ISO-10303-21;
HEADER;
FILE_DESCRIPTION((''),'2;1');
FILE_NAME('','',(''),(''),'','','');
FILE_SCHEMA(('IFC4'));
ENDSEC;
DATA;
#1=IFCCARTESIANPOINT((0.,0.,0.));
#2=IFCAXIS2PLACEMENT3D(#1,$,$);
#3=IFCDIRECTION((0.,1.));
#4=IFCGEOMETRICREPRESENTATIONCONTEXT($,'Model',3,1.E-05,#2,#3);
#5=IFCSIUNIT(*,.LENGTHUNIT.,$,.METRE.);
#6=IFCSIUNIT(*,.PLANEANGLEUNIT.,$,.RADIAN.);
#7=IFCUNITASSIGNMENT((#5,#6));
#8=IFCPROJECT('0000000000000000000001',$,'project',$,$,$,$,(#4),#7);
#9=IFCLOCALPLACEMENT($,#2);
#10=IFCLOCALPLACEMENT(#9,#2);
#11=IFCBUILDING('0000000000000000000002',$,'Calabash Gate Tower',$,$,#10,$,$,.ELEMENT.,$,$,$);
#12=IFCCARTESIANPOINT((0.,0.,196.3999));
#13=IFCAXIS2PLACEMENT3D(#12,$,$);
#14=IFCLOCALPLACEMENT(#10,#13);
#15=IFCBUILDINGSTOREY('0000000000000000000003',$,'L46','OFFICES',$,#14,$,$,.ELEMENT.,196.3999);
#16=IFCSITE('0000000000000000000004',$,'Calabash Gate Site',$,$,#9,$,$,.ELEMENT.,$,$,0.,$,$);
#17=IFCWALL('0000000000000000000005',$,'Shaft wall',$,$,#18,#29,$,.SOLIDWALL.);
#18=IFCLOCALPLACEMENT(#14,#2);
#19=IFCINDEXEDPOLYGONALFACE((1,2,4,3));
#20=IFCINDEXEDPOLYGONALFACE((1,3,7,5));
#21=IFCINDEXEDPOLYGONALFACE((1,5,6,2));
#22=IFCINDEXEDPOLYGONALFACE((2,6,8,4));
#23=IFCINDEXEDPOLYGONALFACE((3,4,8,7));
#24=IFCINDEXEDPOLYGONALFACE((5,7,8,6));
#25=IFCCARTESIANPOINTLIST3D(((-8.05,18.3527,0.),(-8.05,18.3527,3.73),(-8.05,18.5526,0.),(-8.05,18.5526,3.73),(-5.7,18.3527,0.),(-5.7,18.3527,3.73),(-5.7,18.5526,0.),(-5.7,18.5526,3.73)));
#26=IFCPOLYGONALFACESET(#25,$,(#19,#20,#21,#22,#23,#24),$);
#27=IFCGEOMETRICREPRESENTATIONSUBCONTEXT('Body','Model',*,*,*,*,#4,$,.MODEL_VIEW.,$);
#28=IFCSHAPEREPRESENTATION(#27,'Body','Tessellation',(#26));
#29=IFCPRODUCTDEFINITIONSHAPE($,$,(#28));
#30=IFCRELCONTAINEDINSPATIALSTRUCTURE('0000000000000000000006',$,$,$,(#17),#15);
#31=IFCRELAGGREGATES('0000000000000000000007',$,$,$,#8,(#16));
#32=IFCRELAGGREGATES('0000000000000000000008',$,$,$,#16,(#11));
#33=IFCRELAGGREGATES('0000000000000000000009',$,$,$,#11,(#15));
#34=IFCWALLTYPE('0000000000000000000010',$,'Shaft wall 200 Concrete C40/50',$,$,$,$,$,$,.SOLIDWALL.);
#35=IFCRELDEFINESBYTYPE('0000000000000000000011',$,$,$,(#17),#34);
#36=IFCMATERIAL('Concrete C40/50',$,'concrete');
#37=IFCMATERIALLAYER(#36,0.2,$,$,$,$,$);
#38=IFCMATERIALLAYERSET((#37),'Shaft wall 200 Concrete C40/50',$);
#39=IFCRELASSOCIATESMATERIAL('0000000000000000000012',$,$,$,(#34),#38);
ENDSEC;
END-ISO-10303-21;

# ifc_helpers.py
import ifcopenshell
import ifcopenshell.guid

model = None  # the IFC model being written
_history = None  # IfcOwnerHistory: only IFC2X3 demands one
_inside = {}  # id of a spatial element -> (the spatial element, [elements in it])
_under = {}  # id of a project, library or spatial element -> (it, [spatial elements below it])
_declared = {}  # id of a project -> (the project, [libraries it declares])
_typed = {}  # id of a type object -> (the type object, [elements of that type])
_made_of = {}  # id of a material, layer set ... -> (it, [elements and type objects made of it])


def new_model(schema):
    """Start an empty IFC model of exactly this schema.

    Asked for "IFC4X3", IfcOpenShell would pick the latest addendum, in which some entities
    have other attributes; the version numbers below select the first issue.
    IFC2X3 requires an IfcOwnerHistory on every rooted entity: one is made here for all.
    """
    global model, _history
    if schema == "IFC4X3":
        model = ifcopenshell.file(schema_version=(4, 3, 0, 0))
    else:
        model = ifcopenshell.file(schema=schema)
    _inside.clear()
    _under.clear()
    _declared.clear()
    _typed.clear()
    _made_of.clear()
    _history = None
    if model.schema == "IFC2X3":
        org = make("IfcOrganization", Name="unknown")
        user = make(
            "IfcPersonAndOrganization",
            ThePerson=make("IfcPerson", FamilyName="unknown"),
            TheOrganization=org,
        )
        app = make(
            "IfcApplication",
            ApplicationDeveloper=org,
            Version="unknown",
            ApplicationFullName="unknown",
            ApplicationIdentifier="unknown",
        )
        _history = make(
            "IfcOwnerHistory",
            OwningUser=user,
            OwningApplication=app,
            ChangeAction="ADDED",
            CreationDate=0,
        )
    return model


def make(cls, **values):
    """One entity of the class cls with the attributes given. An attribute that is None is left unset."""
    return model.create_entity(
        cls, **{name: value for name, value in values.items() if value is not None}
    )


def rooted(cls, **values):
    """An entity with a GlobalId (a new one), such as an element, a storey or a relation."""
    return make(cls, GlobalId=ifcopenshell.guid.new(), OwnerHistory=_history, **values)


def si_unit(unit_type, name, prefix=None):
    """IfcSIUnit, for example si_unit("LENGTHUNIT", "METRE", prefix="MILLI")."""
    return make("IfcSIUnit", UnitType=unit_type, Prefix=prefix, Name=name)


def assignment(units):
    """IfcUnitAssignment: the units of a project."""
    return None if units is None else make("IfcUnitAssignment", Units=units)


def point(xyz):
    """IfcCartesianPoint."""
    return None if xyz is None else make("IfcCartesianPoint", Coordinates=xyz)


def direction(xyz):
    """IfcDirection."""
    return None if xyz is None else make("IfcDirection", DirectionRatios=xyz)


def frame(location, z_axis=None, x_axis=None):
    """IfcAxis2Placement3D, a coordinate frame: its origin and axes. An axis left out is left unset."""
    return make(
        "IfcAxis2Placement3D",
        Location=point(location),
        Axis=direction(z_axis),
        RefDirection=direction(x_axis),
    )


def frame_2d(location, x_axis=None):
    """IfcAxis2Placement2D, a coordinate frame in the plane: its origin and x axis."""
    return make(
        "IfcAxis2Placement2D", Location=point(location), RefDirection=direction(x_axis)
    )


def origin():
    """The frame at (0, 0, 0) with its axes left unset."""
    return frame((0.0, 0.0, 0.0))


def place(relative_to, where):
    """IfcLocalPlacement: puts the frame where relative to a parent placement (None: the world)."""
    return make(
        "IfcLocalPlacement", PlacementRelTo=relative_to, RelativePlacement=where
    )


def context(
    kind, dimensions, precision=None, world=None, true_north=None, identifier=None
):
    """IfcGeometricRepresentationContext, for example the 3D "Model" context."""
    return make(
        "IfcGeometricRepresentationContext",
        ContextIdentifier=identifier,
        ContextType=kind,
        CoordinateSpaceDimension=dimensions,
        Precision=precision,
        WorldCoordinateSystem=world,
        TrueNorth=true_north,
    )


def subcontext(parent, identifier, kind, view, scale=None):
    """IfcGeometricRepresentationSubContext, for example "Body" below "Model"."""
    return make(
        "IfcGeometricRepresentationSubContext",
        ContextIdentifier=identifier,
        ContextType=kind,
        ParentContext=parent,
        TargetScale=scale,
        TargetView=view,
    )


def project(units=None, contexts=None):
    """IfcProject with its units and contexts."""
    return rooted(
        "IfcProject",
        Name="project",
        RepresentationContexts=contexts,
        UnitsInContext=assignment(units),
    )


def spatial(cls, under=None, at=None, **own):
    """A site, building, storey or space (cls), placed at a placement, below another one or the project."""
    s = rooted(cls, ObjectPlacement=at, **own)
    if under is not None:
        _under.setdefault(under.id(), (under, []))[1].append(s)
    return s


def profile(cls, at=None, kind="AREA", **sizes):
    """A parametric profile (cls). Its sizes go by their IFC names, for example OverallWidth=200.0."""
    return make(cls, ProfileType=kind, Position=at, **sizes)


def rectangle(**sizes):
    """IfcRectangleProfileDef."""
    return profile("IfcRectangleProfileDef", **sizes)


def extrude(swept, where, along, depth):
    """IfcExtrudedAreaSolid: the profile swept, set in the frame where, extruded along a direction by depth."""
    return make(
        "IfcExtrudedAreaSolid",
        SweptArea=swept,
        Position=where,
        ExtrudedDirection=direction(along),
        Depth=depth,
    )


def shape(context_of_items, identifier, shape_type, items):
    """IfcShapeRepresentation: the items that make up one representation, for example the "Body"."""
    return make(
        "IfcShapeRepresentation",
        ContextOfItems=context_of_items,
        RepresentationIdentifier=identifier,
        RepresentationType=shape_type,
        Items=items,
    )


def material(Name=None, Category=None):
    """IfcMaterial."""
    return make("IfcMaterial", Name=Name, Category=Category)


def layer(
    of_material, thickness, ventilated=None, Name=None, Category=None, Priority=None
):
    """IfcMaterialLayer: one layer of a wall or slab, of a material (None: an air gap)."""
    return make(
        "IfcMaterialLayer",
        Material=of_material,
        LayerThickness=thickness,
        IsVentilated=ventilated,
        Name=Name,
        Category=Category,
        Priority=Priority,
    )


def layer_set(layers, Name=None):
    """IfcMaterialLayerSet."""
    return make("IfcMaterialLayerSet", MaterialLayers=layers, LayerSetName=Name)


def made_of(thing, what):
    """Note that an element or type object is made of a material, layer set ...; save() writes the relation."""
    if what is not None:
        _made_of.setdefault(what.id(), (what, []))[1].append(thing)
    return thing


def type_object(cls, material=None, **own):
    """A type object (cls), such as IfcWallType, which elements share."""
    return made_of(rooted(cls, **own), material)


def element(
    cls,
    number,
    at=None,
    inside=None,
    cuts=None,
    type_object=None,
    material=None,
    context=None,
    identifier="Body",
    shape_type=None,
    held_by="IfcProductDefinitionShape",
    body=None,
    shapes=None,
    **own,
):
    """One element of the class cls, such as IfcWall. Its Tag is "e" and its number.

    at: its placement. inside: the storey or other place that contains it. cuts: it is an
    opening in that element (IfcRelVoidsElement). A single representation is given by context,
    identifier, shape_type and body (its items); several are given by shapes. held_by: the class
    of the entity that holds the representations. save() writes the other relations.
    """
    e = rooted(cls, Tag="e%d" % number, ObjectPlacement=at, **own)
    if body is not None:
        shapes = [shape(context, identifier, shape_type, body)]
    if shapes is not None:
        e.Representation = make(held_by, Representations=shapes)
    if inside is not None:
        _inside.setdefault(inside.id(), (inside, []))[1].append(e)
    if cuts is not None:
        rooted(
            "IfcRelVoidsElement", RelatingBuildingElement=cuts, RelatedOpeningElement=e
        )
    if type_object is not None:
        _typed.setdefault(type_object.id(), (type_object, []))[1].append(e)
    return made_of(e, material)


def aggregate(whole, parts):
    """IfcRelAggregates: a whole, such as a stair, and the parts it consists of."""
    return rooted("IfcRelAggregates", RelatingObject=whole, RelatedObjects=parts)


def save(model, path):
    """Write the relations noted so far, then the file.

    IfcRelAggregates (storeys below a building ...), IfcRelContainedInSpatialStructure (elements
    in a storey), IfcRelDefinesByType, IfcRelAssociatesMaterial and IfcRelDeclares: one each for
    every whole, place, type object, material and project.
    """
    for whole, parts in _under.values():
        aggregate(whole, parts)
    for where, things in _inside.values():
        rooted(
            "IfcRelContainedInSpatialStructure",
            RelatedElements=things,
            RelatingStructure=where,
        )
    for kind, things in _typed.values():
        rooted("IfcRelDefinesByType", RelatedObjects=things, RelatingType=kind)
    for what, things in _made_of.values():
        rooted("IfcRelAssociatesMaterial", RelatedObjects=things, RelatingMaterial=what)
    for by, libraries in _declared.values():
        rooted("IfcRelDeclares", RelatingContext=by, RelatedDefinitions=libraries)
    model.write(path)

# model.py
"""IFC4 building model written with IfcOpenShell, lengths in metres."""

from ifc_helpers import new_model, si_unit, direction, frame, frame_2d, origin, place, context, subcontext, project, spatial, rectangle, extrude, material, layer, layer_set, type_object, element, save


model = new_model("IFC4")

# Units and contexts
model_context = context("Model", 3, precision=1e-05, world=origin(), true_north=direction((0.0, 1.0)))
body_context = subcontext(model_context, "Body", "Model", "MODEL_VIEW")
ifc_project = project(units=[si_unit("LENGTHUNIT", "METRE"), si_unit("PLANEANGLEUNIT", "RADIAN")], contexts=[model_context])

# Site, building, storey
site_placement = place(None, origin())
site = spatial("IfcSite", under=ifc_project, at=site_placement, Name="Calabash Gate Site", CompositionType="ELEMENT", RefElevation=0.0)
building_placement = place(site_placement, origin())
building = spatial("IfcBuilding", under=site, at=building_placement, Name="Calabash Gate Tower", CompositionType="ELEMENT")
storey_placement = place(building_placement, frame((0.0, 0.0, 196.3999)))
storey = spatial("IfcBuildingStorey", under=building, at=storey_placement, Name="L46", Description="OFFICES", CompositionType="ELEMENT", Elevation=196.3999)

# Shared definitions
ifc_material_1 = material(Name="Concrete C40/50", Category="concrete")
ifc_layer_1 = layer(ifc_material_1, 0.2)
ifc_layer_set_1 = layer_set([ifc_layer_1], Name="Shaft wall 200 Concrete C40/50")
wall_type_1 = type_object("IfcWallType", Name="Shaft wall 200 Concrete C40/50", PredefinedType="SOLIDWALL", material=ifc_layer_set_1)

# Wall
wall_1_placement = place(storey_placement, frame((-8.05, 18.4526, 0.0), z_axis=(0.0, 0.0, 1.0), x_axis=(1.0, 0.0, 0.0)))
element("IfcWall", 1, at=wall_1_placement, inside=storey, type_object=wall_type_1, Name="Shaft wall", PredefinedType="SOLIDWALL", context=body_context, shape_type="SweptSolid", body=[
    extrude(rectangle(XDim=2.3501, YDim=0.2, at=frame_2d((1.175, 0.0))), origin(), (0.0, 0.0, 1.0), 3.73),
])

save(model, "model.ifc")
